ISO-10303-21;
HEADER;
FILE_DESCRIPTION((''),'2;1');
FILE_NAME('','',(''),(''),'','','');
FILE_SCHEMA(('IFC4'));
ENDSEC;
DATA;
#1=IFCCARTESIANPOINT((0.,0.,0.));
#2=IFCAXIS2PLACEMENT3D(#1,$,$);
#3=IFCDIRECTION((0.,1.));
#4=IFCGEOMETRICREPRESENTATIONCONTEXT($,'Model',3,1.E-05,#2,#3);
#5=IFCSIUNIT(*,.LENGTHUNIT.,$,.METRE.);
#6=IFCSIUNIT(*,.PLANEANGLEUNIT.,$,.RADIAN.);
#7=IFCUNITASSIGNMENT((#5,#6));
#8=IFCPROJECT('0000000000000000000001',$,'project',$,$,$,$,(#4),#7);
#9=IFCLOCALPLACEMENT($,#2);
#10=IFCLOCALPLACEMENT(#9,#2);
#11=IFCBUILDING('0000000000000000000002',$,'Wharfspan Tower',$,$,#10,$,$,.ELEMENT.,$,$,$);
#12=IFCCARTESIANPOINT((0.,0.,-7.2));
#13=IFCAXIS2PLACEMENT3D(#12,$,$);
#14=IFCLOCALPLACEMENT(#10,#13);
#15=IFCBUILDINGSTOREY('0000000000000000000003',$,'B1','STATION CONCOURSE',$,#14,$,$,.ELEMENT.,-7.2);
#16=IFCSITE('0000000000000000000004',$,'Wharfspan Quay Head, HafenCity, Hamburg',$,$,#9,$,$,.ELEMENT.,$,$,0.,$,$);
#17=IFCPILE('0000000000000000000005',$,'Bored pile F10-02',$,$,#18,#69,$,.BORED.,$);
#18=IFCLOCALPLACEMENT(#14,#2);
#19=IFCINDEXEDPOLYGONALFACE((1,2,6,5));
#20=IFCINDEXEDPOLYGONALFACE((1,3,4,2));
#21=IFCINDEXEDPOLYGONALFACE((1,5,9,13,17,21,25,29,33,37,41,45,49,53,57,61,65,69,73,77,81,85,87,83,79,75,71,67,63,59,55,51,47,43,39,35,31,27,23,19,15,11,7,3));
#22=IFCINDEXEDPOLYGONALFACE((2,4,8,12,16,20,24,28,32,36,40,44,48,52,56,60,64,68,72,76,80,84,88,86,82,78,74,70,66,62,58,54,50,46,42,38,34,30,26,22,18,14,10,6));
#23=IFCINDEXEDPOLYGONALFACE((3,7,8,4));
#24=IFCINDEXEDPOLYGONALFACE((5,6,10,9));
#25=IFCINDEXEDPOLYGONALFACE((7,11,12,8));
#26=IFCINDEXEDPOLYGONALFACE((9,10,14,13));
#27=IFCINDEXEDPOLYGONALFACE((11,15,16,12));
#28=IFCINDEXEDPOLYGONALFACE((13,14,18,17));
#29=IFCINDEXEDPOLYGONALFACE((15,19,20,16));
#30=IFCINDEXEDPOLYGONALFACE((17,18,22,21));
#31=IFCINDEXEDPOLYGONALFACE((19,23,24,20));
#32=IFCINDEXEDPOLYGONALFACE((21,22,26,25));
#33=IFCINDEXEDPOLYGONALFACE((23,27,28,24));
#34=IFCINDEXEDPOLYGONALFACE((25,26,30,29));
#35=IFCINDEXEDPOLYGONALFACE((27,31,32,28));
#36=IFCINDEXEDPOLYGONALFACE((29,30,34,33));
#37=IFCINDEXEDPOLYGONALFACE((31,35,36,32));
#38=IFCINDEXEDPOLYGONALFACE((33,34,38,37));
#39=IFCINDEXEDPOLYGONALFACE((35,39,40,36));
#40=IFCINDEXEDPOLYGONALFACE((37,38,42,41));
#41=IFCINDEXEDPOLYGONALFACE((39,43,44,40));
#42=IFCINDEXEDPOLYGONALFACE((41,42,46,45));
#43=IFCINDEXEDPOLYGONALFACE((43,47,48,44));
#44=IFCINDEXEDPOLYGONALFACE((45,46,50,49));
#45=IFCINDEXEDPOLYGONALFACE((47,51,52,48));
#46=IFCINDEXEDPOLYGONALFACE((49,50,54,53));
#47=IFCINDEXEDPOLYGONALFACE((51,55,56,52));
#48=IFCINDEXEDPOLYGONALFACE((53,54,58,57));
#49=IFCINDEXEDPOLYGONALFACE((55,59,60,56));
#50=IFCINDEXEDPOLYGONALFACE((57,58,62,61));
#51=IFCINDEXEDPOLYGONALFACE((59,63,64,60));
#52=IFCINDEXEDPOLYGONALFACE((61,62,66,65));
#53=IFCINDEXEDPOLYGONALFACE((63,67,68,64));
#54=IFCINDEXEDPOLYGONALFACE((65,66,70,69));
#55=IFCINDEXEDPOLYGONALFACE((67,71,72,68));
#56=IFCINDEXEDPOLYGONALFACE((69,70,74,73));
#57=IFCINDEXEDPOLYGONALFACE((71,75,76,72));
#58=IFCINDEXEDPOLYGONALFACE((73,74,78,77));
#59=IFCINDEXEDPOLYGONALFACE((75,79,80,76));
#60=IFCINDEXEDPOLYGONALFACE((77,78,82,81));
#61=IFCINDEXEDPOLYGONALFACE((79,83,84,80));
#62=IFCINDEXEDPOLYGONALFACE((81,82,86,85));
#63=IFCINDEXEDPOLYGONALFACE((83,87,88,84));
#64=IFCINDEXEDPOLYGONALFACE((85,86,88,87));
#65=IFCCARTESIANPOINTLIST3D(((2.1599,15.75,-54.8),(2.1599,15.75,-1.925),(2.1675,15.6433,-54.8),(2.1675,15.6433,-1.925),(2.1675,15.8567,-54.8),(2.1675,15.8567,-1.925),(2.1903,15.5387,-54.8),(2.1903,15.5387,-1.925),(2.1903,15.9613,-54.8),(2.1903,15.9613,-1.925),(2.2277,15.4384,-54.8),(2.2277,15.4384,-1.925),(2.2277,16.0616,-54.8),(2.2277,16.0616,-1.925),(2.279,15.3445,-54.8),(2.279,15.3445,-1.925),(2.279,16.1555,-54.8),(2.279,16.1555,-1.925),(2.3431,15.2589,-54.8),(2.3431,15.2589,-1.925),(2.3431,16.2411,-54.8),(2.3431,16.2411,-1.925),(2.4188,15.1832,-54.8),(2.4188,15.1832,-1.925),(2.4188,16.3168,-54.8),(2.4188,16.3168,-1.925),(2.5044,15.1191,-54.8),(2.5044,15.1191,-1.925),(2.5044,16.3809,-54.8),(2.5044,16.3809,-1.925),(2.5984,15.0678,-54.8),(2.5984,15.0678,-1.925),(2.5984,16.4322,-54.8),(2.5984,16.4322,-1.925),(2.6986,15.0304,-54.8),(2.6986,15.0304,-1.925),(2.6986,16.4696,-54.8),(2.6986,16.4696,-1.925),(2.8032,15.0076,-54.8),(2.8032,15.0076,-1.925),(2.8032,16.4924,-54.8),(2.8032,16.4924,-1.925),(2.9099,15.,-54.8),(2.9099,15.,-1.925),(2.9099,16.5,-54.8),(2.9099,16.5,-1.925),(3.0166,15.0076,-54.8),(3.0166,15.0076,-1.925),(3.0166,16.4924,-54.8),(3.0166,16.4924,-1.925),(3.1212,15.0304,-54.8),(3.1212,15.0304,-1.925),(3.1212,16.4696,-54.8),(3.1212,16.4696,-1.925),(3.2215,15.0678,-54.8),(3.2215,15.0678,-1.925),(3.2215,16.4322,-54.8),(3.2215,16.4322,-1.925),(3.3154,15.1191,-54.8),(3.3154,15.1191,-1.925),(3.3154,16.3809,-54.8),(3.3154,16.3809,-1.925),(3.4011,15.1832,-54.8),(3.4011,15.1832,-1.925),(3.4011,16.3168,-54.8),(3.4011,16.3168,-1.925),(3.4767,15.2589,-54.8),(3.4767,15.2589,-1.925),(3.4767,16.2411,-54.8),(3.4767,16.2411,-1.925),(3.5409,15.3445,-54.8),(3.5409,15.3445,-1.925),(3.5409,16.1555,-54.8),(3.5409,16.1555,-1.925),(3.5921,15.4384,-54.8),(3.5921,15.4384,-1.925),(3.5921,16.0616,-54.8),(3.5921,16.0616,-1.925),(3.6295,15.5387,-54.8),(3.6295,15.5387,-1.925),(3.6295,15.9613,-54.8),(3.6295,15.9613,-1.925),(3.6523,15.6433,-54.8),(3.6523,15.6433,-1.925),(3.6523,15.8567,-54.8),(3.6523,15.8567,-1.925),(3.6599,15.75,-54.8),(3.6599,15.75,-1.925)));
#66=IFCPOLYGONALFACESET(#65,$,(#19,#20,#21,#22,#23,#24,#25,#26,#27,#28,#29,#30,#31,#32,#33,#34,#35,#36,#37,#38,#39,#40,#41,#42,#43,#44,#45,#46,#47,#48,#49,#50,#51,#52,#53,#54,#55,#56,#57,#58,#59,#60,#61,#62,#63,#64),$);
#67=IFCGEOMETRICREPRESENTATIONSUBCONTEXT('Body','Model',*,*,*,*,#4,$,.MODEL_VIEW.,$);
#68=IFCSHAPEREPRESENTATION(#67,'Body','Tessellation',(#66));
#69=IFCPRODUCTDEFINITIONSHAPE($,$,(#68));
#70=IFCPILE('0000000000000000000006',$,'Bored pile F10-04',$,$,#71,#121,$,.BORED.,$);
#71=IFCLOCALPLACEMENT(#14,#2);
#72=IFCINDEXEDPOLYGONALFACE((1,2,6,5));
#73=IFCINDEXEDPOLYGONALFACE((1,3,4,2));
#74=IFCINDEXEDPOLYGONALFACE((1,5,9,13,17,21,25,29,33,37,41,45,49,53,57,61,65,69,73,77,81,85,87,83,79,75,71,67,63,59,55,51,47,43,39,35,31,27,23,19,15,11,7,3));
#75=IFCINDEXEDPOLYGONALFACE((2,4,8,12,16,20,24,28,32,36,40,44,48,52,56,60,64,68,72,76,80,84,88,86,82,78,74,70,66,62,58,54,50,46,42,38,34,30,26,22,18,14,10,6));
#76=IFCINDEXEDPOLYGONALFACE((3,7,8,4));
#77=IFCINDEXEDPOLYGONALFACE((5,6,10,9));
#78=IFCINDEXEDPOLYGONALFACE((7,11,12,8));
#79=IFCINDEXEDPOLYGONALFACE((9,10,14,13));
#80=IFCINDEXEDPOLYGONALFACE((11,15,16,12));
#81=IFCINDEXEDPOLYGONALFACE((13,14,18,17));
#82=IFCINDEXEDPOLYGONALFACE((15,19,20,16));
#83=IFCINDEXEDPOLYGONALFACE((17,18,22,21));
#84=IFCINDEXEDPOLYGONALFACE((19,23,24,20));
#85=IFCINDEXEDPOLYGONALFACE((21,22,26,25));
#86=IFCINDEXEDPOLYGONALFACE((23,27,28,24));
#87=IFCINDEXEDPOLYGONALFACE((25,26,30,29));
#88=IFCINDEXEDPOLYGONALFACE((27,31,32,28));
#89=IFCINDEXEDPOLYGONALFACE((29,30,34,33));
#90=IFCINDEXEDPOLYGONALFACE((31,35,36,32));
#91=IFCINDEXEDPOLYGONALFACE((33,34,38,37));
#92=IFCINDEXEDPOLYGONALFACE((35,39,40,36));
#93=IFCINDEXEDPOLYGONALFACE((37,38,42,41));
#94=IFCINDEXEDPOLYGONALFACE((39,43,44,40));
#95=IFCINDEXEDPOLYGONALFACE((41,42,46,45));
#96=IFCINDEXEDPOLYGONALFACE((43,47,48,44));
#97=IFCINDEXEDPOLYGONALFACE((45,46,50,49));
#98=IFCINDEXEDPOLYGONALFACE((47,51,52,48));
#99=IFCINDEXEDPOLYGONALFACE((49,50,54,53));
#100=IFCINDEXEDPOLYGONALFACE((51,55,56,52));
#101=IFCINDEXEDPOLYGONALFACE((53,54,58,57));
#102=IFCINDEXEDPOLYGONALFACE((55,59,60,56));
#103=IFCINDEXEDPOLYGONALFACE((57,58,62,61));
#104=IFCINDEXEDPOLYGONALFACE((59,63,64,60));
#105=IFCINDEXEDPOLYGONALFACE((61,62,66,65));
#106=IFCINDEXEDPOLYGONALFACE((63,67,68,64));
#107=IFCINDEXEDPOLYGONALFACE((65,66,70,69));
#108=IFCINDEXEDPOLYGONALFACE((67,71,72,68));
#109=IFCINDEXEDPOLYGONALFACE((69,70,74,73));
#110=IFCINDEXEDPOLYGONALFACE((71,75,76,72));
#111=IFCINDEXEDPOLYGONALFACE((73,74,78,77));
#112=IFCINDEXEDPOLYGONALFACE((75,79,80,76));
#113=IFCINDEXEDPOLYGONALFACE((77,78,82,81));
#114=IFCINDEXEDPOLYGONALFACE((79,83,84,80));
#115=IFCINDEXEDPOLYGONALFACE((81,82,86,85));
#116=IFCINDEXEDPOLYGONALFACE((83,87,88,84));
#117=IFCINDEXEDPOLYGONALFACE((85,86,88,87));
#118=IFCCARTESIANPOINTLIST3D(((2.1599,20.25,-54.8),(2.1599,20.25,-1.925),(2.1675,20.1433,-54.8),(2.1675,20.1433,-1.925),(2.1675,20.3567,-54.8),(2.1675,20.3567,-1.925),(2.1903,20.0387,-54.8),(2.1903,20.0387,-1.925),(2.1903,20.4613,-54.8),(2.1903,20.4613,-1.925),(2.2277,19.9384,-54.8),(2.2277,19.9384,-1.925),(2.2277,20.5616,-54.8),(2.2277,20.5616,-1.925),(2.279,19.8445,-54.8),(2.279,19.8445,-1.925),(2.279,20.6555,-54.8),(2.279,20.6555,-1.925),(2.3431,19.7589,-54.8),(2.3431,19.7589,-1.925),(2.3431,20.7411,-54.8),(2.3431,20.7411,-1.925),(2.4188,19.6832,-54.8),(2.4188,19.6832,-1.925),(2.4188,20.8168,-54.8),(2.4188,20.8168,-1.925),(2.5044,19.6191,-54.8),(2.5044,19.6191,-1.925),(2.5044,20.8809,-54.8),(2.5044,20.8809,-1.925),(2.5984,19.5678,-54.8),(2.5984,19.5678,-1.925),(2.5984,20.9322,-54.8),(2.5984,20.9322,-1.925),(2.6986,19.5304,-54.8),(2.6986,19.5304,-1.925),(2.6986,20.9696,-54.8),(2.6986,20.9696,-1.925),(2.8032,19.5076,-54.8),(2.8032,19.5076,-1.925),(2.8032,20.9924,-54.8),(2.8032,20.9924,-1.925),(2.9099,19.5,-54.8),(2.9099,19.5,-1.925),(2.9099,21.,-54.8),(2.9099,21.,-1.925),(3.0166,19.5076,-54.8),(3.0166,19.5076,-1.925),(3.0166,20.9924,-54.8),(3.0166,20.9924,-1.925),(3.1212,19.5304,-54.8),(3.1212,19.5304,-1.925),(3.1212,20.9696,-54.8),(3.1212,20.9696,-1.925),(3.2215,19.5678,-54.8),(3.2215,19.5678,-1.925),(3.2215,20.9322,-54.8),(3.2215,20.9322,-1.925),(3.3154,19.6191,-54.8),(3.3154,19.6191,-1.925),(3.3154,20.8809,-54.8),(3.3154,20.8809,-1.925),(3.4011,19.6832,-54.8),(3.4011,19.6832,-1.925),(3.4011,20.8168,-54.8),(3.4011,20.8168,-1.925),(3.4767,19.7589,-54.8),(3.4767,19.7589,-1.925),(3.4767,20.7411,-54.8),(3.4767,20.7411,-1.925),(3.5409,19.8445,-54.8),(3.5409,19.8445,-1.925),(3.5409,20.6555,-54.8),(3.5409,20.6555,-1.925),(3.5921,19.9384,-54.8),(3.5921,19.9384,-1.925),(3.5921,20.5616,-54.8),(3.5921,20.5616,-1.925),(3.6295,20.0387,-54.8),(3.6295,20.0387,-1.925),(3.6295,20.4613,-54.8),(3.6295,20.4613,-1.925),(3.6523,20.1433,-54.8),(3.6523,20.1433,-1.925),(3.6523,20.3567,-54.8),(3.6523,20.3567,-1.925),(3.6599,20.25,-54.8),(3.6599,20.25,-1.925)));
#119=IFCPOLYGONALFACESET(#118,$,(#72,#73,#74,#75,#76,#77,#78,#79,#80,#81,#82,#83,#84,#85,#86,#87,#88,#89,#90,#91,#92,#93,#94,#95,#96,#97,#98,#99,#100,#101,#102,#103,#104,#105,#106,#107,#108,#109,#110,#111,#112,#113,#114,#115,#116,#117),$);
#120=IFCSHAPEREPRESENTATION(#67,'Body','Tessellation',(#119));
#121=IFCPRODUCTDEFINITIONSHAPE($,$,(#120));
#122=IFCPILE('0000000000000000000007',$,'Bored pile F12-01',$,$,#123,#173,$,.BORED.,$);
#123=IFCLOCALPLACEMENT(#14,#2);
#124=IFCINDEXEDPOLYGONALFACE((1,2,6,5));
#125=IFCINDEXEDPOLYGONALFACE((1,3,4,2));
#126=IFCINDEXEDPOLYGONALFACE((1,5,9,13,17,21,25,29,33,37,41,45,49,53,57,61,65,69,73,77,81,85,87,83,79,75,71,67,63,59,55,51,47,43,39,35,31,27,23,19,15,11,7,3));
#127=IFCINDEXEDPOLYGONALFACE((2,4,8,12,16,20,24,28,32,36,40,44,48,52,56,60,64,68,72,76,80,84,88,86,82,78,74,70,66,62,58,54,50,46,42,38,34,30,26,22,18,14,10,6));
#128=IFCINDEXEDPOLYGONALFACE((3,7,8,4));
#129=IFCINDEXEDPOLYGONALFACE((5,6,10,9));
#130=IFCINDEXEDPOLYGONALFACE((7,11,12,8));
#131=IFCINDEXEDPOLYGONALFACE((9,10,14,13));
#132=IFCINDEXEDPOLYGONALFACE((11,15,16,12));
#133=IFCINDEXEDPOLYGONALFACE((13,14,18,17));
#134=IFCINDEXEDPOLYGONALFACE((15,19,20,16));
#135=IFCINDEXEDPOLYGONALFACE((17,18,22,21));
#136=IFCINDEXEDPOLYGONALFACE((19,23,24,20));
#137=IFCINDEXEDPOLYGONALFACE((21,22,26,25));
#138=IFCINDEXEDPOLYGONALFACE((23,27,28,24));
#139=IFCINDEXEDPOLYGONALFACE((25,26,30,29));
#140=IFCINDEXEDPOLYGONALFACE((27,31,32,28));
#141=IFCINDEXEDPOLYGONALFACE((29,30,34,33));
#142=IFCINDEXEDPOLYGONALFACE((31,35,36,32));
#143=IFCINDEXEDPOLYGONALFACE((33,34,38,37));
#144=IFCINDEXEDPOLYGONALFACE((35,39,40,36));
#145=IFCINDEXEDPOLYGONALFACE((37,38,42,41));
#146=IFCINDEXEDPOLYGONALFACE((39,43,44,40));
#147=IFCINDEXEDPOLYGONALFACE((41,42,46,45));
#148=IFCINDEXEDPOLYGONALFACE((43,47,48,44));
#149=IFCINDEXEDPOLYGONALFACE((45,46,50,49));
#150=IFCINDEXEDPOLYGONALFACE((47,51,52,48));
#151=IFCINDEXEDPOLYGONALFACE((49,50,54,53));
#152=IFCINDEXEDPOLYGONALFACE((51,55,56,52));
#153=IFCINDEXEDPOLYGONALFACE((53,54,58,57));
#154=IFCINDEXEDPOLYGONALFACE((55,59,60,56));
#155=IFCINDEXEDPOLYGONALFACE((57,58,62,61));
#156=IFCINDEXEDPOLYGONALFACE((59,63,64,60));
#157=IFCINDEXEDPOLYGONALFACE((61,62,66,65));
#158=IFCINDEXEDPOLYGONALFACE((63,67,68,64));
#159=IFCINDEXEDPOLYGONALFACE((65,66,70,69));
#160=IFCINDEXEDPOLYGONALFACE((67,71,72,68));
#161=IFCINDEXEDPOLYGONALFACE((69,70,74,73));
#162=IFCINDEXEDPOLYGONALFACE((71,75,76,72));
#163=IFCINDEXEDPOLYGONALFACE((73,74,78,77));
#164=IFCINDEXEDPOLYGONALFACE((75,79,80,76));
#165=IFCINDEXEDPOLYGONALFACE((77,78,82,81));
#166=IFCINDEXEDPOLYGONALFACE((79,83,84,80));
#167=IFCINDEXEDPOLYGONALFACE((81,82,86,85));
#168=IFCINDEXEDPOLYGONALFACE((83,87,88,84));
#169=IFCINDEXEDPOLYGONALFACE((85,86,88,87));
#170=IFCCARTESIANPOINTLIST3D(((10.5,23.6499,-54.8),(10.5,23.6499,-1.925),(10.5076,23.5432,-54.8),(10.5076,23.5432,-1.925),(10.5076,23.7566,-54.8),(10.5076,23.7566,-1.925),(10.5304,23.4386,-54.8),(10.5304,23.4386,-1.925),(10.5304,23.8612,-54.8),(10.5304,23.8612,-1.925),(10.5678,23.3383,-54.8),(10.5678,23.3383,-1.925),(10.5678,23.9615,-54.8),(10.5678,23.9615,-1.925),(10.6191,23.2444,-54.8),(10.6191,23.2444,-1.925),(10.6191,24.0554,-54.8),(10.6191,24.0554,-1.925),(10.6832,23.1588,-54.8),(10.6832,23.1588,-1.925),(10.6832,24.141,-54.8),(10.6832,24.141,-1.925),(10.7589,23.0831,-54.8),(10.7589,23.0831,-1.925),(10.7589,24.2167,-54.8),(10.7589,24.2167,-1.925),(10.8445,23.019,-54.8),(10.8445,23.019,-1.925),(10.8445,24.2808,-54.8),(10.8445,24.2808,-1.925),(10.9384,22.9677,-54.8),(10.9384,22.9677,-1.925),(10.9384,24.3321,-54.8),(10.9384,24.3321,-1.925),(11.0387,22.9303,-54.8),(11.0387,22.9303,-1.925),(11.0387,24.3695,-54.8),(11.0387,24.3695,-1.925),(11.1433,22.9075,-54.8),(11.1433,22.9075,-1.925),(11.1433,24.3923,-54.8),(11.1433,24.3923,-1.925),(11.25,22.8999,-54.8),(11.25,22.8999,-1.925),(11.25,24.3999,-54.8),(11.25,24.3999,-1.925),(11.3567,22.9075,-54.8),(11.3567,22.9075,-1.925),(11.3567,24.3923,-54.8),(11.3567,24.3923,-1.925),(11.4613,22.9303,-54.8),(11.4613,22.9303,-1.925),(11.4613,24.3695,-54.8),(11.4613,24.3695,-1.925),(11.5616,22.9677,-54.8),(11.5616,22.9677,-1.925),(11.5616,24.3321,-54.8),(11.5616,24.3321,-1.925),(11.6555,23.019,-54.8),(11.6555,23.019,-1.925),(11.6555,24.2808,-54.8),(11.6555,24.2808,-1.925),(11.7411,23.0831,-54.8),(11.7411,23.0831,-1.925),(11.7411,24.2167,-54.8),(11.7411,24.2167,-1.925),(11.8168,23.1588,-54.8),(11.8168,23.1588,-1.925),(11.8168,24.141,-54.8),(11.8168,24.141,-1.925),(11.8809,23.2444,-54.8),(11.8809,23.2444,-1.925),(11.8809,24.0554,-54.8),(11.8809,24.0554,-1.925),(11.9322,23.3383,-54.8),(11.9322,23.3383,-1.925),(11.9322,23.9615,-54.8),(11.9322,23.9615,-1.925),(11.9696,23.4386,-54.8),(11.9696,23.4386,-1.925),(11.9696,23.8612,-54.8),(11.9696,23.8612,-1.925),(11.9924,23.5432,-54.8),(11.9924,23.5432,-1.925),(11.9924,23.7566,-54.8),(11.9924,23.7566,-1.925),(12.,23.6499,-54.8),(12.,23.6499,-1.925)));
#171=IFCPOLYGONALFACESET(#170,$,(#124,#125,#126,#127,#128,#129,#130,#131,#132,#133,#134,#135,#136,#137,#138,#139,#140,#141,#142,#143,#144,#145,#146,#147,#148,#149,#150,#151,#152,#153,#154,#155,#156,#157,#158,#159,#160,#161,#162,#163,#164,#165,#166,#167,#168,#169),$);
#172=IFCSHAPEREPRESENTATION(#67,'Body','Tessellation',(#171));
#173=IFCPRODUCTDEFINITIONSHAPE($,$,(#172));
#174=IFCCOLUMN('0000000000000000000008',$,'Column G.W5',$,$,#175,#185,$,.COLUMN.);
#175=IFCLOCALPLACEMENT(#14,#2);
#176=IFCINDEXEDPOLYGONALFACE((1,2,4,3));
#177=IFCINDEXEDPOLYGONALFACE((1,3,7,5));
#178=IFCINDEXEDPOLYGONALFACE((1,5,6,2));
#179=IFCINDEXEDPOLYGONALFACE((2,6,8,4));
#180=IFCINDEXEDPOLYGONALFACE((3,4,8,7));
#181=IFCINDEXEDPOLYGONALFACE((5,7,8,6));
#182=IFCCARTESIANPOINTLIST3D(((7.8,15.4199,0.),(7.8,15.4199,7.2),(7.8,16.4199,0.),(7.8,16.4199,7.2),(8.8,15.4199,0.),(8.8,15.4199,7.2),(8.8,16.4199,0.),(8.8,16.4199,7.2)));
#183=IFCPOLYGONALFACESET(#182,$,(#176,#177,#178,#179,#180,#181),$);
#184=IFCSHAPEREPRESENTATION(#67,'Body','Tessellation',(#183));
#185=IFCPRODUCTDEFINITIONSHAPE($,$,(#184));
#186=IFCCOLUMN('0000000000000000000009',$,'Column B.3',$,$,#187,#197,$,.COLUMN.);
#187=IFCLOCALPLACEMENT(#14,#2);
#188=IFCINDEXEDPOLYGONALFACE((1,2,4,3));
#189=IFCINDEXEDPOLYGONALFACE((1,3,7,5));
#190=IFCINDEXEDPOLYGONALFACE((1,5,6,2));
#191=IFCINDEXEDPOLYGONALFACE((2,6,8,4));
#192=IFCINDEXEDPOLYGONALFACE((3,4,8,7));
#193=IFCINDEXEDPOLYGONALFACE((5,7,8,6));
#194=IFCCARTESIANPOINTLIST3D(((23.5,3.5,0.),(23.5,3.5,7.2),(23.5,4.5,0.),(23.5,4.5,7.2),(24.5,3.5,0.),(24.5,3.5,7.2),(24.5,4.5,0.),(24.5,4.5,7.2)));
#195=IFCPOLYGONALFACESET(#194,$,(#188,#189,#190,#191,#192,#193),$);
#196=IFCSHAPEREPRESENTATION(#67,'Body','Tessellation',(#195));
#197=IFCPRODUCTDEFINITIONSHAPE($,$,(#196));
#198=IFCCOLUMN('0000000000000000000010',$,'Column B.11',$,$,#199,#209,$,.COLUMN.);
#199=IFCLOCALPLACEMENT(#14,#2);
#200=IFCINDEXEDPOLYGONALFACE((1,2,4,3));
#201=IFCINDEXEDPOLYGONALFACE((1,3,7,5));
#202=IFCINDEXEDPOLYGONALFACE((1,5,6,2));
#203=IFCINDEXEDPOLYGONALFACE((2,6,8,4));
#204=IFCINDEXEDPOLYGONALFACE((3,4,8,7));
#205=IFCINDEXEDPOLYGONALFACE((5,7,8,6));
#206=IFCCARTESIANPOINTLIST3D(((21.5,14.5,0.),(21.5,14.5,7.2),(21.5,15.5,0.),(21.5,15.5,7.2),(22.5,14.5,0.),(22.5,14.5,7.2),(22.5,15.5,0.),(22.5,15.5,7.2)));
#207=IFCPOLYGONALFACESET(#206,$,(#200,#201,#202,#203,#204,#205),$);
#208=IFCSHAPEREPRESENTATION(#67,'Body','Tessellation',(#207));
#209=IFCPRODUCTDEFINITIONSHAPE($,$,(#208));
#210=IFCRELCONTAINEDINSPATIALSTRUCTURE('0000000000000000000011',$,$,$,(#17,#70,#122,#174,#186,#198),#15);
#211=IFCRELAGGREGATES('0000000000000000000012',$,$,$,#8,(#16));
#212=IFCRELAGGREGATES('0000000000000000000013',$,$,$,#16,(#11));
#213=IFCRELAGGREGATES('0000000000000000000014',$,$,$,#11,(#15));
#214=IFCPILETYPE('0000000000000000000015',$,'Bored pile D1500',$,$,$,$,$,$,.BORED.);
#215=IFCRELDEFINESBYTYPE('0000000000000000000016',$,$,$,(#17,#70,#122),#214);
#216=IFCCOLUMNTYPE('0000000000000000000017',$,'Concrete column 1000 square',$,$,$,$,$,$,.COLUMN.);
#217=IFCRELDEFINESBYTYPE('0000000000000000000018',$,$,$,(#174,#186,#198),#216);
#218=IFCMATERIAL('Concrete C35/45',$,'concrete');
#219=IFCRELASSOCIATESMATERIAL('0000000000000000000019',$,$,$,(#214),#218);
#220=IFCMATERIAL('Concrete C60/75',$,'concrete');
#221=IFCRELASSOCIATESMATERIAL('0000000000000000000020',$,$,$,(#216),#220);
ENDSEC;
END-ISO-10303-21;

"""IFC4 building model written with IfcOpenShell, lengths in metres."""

from ifc_helpers import new_model, si_unit, direction, frame, origin, origin_2d, place, context, subcontext, project, spatial, rectangle, circle, extrude, material, material_profile, profile_set, type_object, element, save


model = new_model("IFC4")

# Units and contexts
model_context = context("Model", 3, precision=1e-05, world=origin(), true_north=direction((0.0, 1.0)))
body_context = subcontext(model_context, "Body", "Model", "MODEL_VIEW")
ifc_project = project(units=[si_unit("LENGTHUNIT", "METRE"), si_unit("PLANEANGLEUNIT", "RADIAN")], contexts=[model_context])

# Site, building, storey
site_placement = place(None, origin())
site = spatial("IfcSite", under=ifc_project, at=site_placement, Name="Wharfspan Quay Head, HafenCity, Hamburg", CompositionType="ELEMENT", RefElevation=0.0)
building_placement = place(site_placement, origin())
building = spatial("IfcBuilding", under=site, at=building_placement, Name="Wharfspan Tower", CompositionType="ELEMENT")
storey_placement = place(building_placement, frame((0.0, 0.0, -7.2)))
storey = spatial("IfcBuildingStorey", under=building, at=storey_placement, Name="B1", Description="STATION CONCOURSE", CompositionType="ELEMENT", Elevation=-7.2)

# Piles
ifc_material_1 = material(Name="Concrete C35/45", Category="concrete")
ifc_material_profile_1 = material_profile(ifc_material_1, circle(Radius=0.75, at=origin_2d()))
ifc_profile_set_1 = profile_set([ifc_material_profile_1], Name="Concrete C35/45")
pile_type = type_object("IfcPileType", Name="Bored pile D1500", PredefinedType="BORED", material=ifc_profile_set_1)
for number, where, z_axis, x_axis, name in (
    (1, (2.9099, 15.75, -1.925), (0.0, 0.0, -1.0), (1.0, 0.0, 0.0), "Bored pile F10-02"),
    (2, (2.9099, 20.25, -1.925), (0.0, 0.0, -1.0), (1.0, 0.0, 0.0), "Bored pile F10-04"),
    (3, (11.25, 23.6499, -1.925), (0.0, 0.0, -1.0), (1.0, 0.0, 0.0), "Bored pile F12-01"),
):
    element("IfcPile", number, at=place(storey_placement, frame(where, z_axis=z_axis, x_axis=x_axis)), inside=storey, type_object=pile_type, Name=name, PredefinedType="BORED", context=body_context, shape_type="SweptSolid", body=[
        extrude(circle(Radius=0.75, at=origin_2d()), origin(), (0.0, 0.0, 1.0), 52.875),
    ])

# Columns
ifc_material_2 = material(Name="Concrete C60/75", Category="concrete")
ifc_material_profile_2 = material_profile(ifc_material_2, rectangle(XDim=1.0, YDim=1.0, at=origin_2d()))
ifc_profile_set_2 = profile_set([ifc_material_profile_2], Name="Concrete C60/75")
column_type_1 = type_object("IfcColumnType", Name="Concrete column 1000 square", PredefinedType="COLUMN", material=ifc_profile_set_2)
for number, where, z_axis, x_axis, name in (
    (4, (8.3, 15.9199, 0.0), (0.0, 0.0, 1.0), (1.0, 0.0, 0.0), "Column G.W5"),
    (5, (24.0, 4.0, 0.0), (0.0, 0.0, 1.0), (1.0, 0.0, 0.0), "Column B.3"),
    (6, (22.0, 15.0, 0.0), (0.0, 0.0, 1.0), (1.0, 0.0, 0.0), "Column B.11"),
):
    element("IfcColumn", number, at=place(storey_placement, frame(where, z_axis=z_axis, x_axis=x_axis)), inside=storey, type_object=column_type_1, Name=name, PredefinedType="COLUMN", context=body_context, shape_type="SweptSolid", body=[
        extrude(rectangle(XDim=1.0, YDim=1.0, at=origin_2d()), origin(), (0.0, 0.0, 1.0), 7.2),
    ])

save(model, "model.ifc")
